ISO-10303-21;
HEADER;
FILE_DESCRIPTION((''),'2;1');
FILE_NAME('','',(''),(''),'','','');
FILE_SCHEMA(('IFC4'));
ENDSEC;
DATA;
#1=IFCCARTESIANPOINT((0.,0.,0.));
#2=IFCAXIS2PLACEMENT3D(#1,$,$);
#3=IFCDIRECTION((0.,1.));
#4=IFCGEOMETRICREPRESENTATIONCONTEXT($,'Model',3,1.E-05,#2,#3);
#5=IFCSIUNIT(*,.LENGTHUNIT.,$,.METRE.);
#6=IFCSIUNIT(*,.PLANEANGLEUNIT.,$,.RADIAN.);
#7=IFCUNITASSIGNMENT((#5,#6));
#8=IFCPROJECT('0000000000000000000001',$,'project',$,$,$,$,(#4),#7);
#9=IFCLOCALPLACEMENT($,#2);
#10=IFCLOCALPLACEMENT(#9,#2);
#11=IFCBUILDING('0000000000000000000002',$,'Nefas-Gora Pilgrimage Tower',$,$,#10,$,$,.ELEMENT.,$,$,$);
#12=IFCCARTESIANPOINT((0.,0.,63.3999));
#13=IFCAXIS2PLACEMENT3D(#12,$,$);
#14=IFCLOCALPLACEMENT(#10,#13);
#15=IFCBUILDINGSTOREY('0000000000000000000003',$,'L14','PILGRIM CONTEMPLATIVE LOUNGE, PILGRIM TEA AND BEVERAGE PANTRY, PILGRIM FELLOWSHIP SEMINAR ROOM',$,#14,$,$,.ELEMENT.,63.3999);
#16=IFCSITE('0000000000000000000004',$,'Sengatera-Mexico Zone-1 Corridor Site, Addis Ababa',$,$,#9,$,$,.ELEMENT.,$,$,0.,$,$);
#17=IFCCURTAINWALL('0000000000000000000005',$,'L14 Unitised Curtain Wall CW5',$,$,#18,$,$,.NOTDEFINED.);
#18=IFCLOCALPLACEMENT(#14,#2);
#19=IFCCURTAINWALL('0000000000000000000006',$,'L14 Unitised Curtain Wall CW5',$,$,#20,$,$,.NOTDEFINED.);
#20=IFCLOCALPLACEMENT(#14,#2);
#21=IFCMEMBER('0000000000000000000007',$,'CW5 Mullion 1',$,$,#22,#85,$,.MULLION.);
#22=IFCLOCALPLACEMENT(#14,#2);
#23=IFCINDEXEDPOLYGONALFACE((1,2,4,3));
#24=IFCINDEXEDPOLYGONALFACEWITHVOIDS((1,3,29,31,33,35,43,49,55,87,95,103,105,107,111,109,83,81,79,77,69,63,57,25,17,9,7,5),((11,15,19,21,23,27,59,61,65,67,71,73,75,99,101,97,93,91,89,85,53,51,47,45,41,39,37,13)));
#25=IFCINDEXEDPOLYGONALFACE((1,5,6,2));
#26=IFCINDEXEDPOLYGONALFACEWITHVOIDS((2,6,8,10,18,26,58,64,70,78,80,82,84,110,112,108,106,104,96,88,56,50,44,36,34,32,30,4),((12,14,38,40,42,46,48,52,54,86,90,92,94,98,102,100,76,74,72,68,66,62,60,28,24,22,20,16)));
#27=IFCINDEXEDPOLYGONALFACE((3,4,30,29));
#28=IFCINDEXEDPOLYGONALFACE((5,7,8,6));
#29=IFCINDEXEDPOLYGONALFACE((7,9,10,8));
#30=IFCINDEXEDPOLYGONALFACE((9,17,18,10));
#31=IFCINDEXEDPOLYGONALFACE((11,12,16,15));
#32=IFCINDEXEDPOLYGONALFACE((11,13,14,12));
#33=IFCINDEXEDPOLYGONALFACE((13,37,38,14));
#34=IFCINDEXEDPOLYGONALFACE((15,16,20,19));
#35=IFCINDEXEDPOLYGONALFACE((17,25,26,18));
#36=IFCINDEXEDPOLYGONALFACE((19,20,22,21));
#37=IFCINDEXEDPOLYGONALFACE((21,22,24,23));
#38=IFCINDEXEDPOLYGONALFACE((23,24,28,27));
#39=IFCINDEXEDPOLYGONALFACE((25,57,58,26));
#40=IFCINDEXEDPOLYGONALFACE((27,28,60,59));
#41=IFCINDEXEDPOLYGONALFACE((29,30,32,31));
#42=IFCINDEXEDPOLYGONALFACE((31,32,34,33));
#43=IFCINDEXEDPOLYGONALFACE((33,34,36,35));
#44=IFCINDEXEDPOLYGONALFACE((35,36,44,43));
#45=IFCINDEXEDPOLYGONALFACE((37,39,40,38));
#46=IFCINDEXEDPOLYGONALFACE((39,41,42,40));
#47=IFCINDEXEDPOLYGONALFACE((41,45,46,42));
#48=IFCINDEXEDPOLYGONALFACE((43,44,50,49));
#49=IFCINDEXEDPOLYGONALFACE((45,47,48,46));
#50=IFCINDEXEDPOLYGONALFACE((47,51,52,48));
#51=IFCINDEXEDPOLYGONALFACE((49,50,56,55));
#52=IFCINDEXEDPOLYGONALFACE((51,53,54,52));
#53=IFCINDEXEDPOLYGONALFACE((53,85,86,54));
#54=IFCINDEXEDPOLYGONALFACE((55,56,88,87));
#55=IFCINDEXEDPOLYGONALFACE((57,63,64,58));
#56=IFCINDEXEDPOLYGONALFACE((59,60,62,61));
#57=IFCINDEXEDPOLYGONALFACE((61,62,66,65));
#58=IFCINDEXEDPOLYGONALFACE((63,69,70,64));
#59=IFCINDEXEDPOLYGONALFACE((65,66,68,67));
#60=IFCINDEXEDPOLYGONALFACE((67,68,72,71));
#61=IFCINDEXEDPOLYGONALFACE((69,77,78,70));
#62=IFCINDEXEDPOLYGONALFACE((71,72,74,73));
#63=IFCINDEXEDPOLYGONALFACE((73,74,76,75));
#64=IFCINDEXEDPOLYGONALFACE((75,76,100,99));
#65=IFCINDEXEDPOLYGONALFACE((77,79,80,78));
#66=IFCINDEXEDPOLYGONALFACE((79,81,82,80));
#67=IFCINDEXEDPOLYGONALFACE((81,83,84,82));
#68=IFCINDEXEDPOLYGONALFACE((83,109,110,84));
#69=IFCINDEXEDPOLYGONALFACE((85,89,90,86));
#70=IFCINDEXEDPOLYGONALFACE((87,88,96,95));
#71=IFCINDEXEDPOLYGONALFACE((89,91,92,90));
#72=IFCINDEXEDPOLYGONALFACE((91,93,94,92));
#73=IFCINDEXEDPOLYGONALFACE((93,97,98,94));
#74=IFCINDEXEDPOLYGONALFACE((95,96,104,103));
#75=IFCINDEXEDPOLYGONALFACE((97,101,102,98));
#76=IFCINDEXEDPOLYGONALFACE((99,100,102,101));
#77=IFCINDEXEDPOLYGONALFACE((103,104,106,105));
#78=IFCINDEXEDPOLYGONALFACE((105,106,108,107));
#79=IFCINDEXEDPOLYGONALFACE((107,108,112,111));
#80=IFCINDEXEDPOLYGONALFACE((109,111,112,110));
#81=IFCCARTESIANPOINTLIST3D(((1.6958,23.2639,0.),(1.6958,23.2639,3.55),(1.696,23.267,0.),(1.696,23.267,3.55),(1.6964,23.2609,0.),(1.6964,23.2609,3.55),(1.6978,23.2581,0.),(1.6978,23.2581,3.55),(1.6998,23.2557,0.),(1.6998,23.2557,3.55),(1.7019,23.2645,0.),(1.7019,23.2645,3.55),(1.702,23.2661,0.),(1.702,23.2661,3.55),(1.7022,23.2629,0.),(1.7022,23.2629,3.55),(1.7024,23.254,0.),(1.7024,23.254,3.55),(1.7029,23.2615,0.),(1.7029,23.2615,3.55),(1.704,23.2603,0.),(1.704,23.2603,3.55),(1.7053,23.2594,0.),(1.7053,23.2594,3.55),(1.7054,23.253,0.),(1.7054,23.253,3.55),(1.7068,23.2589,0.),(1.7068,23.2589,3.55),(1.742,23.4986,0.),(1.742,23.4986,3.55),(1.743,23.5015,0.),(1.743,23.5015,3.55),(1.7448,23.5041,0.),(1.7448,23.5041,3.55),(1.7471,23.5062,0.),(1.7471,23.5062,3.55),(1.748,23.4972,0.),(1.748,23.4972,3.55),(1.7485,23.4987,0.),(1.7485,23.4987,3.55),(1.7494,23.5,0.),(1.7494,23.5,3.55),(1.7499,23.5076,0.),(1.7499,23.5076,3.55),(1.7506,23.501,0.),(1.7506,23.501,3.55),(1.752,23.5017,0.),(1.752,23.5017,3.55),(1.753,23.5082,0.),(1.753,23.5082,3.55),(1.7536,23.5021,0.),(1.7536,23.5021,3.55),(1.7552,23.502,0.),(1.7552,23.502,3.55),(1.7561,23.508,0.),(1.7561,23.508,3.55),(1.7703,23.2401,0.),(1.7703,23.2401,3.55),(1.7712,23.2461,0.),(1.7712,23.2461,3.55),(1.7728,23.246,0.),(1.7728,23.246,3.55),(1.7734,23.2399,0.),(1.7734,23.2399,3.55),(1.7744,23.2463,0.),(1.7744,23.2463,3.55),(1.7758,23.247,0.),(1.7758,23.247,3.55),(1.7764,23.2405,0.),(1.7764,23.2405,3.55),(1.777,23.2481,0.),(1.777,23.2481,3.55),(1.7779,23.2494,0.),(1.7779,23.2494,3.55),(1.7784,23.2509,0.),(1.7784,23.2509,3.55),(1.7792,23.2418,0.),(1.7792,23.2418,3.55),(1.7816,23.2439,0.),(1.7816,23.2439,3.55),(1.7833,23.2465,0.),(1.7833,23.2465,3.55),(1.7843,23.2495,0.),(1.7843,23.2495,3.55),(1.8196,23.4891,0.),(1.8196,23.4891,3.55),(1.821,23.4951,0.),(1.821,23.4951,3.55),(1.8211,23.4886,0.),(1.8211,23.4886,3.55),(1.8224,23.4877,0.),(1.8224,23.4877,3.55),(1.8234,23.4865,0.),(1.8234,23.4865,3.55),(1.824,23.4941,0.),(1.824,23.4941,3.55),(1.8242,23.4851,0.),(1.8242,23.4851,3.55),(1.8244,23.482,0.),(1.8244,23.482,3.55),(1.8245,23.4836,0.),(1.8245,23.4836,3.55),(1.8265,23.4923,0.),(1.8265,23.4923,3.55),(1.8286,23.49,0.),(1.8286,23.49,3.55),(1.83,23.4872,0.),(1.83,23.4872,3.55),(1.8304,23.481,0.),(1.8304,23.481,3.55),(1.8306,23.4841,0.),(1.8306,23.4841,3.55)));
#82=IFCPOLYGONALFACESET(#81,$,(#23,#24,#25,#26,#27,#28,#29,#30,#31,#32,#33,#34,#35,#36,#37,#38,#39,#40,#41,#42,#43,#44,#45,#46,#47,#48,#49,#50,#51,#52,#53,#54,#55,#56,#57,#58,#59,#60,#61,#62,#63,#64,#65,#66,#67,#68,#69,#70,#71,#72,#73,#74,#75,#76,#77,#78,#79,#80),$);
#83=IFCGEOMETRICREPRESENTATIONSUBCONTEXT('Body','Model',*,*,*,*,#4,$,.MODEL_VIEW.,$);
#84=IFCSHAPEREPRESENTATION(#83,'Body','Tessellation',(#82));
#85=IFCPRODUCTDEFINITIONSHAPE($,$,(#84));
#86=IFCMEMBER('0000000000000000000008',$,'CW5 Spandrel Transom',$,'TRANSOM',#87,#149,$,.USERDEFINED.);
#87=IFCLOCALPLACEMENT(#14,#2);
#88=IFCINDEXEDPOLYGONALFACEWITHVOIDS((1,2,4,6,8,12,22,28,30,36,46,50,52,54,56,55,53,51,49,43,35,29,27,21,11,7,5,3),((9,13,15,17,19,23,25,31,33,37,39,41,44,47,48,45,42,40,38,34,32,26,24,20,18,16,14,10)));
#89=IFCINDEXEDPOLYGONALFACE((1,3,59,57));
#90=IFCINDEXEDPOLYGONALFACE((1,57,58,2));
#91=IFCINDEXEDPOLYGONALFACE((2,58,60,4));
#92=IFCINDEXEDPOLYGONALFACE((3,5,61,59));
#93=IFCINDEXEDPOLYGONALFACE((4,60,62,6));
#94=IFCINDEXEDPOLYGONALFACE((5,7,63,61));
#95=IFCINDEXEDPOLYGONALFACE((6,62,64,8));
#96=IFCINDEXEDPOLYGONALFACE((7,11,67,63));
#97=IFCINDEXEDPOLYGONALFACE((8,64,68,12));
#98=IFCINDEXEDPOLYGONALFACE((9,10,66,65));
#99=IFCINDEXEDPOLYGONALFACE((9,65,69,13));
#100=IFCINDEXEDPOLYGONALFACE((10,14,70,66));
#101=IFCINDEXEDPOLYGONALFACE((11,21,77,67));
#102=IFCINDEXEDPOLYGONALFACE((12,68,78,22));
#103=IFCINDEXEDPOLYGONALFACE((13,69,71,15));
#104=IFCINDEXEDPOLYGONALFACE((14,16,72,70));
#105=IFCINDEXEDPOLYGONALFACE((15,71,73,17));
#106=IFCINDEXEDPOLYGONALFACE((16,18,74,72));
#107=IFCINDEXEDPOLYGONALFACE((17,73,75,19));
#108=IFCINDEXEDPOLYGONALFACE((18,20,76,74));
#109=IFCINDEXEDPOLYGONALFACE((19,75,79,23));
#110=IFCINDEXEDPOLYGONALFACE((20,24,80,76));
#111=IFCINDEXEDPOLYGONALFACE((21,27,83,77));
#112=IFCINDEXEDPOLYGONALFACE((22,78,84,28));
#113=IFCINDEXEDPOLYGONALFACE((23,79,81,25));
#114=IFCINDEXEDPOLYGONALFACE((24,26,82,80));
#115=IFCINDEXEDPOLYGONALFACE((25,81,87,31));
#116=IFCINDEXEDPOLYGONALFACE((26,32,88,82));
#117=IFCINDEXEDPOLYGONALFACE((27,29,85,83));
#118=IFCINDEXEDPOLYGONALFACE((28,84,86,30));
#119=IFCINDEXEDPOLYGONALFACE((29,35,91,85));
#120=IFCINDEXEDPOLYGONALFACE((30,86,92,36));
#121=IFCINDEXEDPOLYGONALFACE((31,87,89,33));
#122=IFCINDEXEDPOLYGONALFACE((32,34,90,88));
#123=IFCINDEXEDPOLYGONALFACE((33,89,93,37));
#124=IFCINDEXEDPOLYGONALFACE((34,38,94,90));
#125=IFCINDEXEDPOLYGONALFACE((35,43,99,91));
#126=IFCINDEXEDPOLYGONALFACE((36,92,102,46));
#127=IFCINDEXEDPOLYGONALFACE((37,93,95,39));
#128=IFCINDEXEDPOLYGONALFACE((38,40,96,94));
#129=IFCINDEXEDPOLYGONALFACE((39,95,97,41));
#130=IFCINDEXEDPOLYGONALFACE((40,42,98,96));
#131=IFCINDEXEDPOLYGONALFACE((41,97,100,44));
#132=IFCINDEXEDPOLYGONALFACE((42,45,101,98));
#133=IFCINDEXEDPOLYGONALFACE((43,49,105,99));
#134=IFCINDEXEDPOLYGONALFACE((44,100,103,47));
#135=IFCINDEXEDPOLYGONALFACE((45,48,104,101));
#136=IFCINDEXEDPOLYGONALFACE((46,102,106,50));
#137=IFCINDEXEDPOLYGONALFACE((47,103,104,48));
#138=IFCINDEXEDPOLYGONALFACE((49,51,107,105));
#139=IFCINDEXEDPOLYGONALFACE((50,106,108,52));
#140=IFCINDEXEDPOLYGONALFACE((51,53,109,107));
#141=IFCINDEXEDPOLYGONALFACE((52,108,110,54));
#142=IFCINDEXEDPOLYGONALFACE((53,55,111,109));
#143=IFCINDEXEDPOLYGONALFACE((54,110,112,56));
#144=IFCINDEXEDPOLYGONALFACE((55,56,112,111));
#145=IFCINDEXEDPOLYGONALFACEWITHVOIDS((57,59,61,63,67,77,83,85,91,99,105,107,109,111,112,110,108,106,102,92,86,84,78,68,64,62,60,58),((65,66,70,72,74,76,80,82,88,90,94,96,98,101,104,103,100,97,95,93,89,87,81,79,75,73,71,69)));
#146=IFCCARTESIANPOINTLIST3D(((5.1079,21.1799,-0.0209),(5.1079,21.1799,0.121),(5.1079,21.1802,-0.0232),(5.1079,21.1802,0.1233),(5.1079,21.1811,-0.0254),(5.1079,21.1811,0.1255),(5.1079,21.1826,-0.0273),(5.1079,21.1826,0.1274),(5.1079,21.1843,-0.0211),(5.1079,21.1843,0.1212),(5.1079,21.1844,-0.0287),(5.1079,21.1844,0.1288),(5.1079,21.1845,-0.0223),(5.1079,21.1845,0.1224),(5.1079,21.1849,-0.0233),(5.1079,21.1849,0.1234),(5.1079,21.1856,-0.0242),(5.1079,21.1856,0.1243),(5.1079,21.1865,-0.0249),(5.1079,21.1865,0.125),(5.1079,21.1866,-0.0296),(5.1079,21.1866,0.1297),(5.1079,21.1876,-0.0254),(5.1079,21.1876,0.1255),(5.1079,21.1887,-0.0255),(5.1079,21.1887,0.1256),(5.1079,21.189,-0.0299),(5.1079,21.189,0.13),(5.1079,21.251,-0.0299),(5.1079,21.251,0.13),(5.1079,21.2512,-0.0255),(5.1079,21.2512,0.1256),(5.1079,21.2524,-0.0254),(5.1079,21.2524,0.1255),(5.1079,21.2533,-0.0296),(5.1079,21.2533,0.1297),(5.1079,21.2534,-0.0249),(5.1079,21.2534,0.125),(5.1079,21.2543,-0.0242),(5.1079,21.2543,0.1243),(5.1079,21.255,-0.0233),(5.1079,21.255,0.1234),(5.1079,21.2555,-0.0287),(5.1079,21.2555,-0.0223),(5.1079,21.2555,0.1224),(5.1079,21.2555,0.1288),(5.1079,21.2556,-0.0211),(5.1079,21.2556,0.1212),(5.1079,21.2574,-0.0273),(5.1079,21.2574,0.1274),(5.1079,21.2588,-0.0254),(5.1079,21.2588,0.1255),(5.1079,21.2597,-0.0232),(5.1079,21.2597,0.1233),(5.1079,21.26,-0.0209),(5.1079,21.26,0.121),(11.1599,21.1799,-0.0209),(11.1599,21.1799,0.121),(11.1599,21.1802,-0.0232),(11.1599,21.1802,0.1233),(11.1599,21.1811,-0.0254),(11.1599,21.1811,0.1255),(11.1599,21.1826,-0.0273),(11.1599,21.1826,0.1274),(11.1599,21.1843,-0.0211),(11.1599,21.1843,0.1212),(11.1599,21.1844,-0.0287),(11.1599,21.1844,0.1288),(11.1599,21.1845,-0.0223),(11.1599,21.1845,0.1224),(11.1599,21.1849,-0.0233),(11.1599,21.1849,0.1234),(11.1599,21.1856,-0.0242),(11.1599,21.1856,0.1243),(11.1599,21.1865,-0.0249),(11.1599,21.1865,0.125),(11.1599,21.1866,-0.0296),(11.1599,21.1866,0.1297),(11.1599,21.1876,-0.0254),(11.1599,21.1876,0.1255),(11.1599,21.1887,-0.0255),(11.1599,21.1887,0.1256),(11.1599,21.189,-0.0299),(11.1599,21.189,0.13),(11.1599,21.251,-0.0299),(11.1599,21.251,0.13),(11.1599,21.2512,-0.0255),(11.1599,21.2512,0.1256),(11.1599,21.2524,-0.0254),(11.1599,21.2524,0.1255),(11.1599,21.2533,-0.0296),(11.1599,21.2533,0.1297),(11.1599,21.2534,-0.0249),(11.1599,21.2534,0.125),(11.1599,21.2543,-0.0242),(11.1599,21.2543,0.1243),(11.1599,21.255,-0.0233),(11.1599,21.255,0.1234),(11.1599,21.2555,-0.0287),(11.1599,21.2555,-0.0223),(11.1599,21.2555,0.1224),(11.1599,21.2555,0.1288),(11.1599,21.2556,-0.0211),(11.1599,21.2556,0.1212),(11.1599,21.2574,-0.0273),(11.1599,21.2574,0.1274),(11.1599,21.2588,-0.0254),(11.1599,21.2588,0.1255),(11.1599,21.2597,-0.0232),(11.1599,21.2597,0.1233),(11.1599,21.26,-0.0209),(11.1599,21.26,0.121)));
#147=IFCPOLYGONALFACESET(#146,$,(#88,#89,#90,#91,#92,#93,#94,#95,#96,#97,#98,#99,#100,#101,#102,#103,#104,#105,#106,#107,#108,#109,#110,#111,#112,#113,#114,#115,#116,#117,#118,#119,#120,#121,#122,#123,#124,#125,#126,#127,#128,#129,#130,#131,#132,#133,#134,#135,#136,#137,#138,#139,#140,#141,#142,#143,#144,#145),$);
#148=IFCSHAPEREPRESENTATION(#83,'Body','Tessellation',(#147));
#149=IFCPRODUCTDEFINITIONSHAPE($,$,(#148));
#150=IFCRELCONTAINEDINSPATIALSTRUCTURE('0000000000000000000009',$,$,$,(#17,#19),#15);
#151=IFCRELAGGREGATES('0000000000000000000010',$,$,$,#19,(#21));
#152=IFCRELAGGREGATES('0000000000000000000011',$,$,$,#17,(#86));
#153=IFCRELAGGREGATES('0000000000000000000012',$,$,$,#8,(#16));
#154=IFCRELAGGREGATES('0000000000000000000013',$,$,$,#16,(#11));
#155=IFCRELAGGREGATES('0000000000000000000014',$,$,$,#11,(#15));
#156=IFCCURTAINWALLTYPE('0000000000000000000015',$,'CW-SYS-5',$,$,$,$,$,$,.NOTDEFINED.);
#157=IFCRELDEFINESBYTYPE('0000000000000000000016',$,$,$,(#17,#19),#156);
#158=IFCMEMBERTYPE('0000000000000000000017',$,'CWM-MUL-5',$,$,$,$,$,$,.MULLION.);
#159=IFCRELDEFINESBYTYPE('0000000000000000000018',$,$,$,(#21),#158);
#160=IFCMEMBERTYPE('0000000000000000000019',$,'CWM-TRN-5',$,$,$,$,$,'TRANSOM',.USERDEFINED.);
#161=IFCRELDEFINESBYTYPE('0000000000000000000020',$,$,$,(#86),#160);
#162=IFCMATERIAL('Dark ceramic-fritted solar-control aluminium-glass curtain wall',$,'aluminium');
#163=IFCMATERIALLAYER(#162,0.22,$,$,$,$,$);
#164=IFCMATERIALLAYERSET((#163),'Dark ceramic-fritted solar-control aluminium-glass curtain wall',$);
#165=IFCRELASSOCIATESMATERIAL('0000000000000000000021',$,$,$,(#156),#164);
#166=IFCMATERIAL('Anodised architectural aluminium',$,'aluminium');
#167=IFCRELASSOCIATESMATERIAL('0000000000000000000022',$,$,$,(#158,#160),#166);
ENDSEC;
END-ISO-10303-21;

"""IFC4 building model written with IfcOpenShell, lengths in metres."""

from ifc_helpers import new_model, si_unit, direction, frame, origin, origin_2d, place, context, subcontext, project, spatial, hollow_rectangle, extrude, source, transform, mapped, material, layer, layer_set, material_profile, profile_set, type_object, element, aggregate, save


model = new_model("IFC4")

# Units and contexts
model_context = context("Model", 3, precision=1e-05, world=origin(), true_north=direction((0.0, 1.0)))
body_context = subcontext(model_context, "Body", "Model", "MODEL_VIEW")
ifc_project = project(units=[si_unit("LENGTHUNIT", "METRE"), si_unit("PLANEANGLEUNIT", "RADIAN")], contexts=[model_context])

# Site, building, storey
site_placement = place(None, origin())
site = spatial("IfcSite", under=ifc_project, at=site_placement, Name="Sengatera-Mexico Zone-1 Corridor Site, Addis Ababa", CompositionType="ELEMENT", RefElevation=0.0)
building_placement = place(site_placement, origin())
building = spatial("IfcBuilding", under=site, at=building_placement, Name="Nefas-Gora Pilgrimage Tower", CompositionType="ELEMENT")
storey_placement = place(building_placement, frame((0.0, 0.0, 63.3999)))
storey = spatial("IfcBuildingStorey", under=building, at=storey_placement, Name="L14", Description="PILGRIM CONTEMPLATIVE LOUNGE, PILGRIM TEA AND BEVERAGE PANTRY, PILGRIM FELLOWSHIP SEMINAR ROOM", CompositionType="ELEMENT", Elevation=63.3999)

# Curtain wall
ifc_material_1 = material(Name="Dark ceramic-fritted solar-control aluminium-glass curtain wall", Category="aluminium")
ifc_layer_1 = layer(ifc_material_1, 0.22)
ifc_layer_set_1 = layer_set([ifc_layer_1], Name="Dark ceramic-fritted solar-control aluminium-glass curtain wall")
curtain_wall_type_1 = type_object("IfcCurtainWallType", Name="CW-SYS-5", PredefinedType="NOTDEFINED", material=ifc_layer_set_1)
curtain_wall_1_placement = place(storey_placement, origin())
curtain_wall_1 = element("IfcCurtainWall", 1, at=curtain_wall_1_placement, inside=storey, type_object=curtain_wall_type_1, Name="L14 Unitised Curtain Wall CW5", PredefinedType="NOTDEFINED")
ifc_material_2 = material(Name="Anodised architectural aluminium", Category="aluminium")
ifc_material_profile_1 = material_profile(ifc_material_2, hollow_rectangle(XDim=0.0901, YDim=0.26, WallThickness=0.0061, InnerFilletRadius=0.0061, OuterFilletRadius=0.012, at=origin_2d()), Name="ALU MULLION 90x260")
ifc_profile_set_1 = profile_set([ifc_material_profile_1], Name="Anodised architectural aluminium")
member_type_1 = type_object("IfcMemberType", Name="CWM-MUL-5", PredefinedType="MULLION", material=ifc_profile_set_1)
shared_shape_1 = source(origin(), body_context, "Body", "SweptSolid", [
    extrude(hollow_rectangle(XDim=0.0901, YDim=0.26, WallThickness=0.0061, InnerFilletRadius=0.0061, OuterFilletRadius=0.012, at=origin_2d()), origin(), (0.0, 0.0, 1.0), 3.55),
])

# Curtain wall, member
curtain_wall_2_placement = place(storey_placement, origin())
curtain_wall_2 = element("IfcCurtainWall", 2, at=curtain_wall_2_placement, inside=storey, type_object=curtain_wall_type_1, Name="L14 Unitised Curtain Wall CW5", PredefinedType="NOTDEFINED")
member_1_placement = place(storey_placement, frame((1.7632, 23.374, 0.0), z_axis=(0.0, 0.0, 1.0), x_axis=(-0.980783, 0.195102, 0.0)))
member_1 = element("IfcMember", 3, at=member_1_placement, type_object=member_type_1, Name="CW5 Mullion 1", PredefinedType="MULLION", context=body_context, shape_type="MappedRepresentation", body=[
    mapped(shared_shape_1, transform((0.0, 0.0, 0.0), x_axis=(1.0, 0.0, 0.0), y_axis=(0.0, 1.0, 0.0), z_axis=(0.0, 0.0, 1.0), scale=1.0)),
])

# Member
ifc_material_profile_2 = material_profile(ifc_material_2, hollow_rectangle(XDim=0.0801, YDim=0.1599, WallThickness=0.0044, InnerFilletRadius=0.0044, OuterFilletRadius=0.009, at=origin_2d()), Name="ALU TRANSOM 80x160")
ifc_profile_set_2 = profile_set([ifc_material_profile_2], Name="Anodised architectural aluminium")
member_type_2 = type_object("IfcMemberType", Name="CWM-TRN-5", ElementType="TRANSOM", PredefinedType="USERDEFINED", material=ifc_profile_set_2)
shared_shape_2 = source(origin(), body_context, "Body", "SweptSolid", [
    extrude(hollow_rectangle(XDim=0.0801, YDim=0.1599, WallThickness=0.0044, InnerFilletRadius=0.0044, OuterFilletRadius=0.009, at=origin_2d()), origin(), (0.0, 0.0, 1.0), 6.052),
])
member_2_placement = place(storey_placement, frame((11.1599, 21.22, 0.05), z_axis=(-1.0, 0.0, 0.0), x_axis=(0.0, -1.0, 0.0)))
member_2 = element("IfcMember", 4, at=member_2_placement, type_object=member_type_2, Name="CW5 Spandrel Transom", ObjectType="TRANSOM", PredefinedType="USERDEFINED", context=body_context, shape_type="MappedRepresentation", body=[
    mapped(shared_shape_2, transform((0.0, 0.0, 0.0), x_axis=(1.0, 0.0, 0.0), y_axis=(0.0, 1.0, 0.0), z_axis=(0.0, 0.0, 1.0), scale=1.0)),
])

aggregate(curtain_wall_2, [member_1])

aggregate(curtain_wall_1, [member_2])

save(model, "model.ifc")
